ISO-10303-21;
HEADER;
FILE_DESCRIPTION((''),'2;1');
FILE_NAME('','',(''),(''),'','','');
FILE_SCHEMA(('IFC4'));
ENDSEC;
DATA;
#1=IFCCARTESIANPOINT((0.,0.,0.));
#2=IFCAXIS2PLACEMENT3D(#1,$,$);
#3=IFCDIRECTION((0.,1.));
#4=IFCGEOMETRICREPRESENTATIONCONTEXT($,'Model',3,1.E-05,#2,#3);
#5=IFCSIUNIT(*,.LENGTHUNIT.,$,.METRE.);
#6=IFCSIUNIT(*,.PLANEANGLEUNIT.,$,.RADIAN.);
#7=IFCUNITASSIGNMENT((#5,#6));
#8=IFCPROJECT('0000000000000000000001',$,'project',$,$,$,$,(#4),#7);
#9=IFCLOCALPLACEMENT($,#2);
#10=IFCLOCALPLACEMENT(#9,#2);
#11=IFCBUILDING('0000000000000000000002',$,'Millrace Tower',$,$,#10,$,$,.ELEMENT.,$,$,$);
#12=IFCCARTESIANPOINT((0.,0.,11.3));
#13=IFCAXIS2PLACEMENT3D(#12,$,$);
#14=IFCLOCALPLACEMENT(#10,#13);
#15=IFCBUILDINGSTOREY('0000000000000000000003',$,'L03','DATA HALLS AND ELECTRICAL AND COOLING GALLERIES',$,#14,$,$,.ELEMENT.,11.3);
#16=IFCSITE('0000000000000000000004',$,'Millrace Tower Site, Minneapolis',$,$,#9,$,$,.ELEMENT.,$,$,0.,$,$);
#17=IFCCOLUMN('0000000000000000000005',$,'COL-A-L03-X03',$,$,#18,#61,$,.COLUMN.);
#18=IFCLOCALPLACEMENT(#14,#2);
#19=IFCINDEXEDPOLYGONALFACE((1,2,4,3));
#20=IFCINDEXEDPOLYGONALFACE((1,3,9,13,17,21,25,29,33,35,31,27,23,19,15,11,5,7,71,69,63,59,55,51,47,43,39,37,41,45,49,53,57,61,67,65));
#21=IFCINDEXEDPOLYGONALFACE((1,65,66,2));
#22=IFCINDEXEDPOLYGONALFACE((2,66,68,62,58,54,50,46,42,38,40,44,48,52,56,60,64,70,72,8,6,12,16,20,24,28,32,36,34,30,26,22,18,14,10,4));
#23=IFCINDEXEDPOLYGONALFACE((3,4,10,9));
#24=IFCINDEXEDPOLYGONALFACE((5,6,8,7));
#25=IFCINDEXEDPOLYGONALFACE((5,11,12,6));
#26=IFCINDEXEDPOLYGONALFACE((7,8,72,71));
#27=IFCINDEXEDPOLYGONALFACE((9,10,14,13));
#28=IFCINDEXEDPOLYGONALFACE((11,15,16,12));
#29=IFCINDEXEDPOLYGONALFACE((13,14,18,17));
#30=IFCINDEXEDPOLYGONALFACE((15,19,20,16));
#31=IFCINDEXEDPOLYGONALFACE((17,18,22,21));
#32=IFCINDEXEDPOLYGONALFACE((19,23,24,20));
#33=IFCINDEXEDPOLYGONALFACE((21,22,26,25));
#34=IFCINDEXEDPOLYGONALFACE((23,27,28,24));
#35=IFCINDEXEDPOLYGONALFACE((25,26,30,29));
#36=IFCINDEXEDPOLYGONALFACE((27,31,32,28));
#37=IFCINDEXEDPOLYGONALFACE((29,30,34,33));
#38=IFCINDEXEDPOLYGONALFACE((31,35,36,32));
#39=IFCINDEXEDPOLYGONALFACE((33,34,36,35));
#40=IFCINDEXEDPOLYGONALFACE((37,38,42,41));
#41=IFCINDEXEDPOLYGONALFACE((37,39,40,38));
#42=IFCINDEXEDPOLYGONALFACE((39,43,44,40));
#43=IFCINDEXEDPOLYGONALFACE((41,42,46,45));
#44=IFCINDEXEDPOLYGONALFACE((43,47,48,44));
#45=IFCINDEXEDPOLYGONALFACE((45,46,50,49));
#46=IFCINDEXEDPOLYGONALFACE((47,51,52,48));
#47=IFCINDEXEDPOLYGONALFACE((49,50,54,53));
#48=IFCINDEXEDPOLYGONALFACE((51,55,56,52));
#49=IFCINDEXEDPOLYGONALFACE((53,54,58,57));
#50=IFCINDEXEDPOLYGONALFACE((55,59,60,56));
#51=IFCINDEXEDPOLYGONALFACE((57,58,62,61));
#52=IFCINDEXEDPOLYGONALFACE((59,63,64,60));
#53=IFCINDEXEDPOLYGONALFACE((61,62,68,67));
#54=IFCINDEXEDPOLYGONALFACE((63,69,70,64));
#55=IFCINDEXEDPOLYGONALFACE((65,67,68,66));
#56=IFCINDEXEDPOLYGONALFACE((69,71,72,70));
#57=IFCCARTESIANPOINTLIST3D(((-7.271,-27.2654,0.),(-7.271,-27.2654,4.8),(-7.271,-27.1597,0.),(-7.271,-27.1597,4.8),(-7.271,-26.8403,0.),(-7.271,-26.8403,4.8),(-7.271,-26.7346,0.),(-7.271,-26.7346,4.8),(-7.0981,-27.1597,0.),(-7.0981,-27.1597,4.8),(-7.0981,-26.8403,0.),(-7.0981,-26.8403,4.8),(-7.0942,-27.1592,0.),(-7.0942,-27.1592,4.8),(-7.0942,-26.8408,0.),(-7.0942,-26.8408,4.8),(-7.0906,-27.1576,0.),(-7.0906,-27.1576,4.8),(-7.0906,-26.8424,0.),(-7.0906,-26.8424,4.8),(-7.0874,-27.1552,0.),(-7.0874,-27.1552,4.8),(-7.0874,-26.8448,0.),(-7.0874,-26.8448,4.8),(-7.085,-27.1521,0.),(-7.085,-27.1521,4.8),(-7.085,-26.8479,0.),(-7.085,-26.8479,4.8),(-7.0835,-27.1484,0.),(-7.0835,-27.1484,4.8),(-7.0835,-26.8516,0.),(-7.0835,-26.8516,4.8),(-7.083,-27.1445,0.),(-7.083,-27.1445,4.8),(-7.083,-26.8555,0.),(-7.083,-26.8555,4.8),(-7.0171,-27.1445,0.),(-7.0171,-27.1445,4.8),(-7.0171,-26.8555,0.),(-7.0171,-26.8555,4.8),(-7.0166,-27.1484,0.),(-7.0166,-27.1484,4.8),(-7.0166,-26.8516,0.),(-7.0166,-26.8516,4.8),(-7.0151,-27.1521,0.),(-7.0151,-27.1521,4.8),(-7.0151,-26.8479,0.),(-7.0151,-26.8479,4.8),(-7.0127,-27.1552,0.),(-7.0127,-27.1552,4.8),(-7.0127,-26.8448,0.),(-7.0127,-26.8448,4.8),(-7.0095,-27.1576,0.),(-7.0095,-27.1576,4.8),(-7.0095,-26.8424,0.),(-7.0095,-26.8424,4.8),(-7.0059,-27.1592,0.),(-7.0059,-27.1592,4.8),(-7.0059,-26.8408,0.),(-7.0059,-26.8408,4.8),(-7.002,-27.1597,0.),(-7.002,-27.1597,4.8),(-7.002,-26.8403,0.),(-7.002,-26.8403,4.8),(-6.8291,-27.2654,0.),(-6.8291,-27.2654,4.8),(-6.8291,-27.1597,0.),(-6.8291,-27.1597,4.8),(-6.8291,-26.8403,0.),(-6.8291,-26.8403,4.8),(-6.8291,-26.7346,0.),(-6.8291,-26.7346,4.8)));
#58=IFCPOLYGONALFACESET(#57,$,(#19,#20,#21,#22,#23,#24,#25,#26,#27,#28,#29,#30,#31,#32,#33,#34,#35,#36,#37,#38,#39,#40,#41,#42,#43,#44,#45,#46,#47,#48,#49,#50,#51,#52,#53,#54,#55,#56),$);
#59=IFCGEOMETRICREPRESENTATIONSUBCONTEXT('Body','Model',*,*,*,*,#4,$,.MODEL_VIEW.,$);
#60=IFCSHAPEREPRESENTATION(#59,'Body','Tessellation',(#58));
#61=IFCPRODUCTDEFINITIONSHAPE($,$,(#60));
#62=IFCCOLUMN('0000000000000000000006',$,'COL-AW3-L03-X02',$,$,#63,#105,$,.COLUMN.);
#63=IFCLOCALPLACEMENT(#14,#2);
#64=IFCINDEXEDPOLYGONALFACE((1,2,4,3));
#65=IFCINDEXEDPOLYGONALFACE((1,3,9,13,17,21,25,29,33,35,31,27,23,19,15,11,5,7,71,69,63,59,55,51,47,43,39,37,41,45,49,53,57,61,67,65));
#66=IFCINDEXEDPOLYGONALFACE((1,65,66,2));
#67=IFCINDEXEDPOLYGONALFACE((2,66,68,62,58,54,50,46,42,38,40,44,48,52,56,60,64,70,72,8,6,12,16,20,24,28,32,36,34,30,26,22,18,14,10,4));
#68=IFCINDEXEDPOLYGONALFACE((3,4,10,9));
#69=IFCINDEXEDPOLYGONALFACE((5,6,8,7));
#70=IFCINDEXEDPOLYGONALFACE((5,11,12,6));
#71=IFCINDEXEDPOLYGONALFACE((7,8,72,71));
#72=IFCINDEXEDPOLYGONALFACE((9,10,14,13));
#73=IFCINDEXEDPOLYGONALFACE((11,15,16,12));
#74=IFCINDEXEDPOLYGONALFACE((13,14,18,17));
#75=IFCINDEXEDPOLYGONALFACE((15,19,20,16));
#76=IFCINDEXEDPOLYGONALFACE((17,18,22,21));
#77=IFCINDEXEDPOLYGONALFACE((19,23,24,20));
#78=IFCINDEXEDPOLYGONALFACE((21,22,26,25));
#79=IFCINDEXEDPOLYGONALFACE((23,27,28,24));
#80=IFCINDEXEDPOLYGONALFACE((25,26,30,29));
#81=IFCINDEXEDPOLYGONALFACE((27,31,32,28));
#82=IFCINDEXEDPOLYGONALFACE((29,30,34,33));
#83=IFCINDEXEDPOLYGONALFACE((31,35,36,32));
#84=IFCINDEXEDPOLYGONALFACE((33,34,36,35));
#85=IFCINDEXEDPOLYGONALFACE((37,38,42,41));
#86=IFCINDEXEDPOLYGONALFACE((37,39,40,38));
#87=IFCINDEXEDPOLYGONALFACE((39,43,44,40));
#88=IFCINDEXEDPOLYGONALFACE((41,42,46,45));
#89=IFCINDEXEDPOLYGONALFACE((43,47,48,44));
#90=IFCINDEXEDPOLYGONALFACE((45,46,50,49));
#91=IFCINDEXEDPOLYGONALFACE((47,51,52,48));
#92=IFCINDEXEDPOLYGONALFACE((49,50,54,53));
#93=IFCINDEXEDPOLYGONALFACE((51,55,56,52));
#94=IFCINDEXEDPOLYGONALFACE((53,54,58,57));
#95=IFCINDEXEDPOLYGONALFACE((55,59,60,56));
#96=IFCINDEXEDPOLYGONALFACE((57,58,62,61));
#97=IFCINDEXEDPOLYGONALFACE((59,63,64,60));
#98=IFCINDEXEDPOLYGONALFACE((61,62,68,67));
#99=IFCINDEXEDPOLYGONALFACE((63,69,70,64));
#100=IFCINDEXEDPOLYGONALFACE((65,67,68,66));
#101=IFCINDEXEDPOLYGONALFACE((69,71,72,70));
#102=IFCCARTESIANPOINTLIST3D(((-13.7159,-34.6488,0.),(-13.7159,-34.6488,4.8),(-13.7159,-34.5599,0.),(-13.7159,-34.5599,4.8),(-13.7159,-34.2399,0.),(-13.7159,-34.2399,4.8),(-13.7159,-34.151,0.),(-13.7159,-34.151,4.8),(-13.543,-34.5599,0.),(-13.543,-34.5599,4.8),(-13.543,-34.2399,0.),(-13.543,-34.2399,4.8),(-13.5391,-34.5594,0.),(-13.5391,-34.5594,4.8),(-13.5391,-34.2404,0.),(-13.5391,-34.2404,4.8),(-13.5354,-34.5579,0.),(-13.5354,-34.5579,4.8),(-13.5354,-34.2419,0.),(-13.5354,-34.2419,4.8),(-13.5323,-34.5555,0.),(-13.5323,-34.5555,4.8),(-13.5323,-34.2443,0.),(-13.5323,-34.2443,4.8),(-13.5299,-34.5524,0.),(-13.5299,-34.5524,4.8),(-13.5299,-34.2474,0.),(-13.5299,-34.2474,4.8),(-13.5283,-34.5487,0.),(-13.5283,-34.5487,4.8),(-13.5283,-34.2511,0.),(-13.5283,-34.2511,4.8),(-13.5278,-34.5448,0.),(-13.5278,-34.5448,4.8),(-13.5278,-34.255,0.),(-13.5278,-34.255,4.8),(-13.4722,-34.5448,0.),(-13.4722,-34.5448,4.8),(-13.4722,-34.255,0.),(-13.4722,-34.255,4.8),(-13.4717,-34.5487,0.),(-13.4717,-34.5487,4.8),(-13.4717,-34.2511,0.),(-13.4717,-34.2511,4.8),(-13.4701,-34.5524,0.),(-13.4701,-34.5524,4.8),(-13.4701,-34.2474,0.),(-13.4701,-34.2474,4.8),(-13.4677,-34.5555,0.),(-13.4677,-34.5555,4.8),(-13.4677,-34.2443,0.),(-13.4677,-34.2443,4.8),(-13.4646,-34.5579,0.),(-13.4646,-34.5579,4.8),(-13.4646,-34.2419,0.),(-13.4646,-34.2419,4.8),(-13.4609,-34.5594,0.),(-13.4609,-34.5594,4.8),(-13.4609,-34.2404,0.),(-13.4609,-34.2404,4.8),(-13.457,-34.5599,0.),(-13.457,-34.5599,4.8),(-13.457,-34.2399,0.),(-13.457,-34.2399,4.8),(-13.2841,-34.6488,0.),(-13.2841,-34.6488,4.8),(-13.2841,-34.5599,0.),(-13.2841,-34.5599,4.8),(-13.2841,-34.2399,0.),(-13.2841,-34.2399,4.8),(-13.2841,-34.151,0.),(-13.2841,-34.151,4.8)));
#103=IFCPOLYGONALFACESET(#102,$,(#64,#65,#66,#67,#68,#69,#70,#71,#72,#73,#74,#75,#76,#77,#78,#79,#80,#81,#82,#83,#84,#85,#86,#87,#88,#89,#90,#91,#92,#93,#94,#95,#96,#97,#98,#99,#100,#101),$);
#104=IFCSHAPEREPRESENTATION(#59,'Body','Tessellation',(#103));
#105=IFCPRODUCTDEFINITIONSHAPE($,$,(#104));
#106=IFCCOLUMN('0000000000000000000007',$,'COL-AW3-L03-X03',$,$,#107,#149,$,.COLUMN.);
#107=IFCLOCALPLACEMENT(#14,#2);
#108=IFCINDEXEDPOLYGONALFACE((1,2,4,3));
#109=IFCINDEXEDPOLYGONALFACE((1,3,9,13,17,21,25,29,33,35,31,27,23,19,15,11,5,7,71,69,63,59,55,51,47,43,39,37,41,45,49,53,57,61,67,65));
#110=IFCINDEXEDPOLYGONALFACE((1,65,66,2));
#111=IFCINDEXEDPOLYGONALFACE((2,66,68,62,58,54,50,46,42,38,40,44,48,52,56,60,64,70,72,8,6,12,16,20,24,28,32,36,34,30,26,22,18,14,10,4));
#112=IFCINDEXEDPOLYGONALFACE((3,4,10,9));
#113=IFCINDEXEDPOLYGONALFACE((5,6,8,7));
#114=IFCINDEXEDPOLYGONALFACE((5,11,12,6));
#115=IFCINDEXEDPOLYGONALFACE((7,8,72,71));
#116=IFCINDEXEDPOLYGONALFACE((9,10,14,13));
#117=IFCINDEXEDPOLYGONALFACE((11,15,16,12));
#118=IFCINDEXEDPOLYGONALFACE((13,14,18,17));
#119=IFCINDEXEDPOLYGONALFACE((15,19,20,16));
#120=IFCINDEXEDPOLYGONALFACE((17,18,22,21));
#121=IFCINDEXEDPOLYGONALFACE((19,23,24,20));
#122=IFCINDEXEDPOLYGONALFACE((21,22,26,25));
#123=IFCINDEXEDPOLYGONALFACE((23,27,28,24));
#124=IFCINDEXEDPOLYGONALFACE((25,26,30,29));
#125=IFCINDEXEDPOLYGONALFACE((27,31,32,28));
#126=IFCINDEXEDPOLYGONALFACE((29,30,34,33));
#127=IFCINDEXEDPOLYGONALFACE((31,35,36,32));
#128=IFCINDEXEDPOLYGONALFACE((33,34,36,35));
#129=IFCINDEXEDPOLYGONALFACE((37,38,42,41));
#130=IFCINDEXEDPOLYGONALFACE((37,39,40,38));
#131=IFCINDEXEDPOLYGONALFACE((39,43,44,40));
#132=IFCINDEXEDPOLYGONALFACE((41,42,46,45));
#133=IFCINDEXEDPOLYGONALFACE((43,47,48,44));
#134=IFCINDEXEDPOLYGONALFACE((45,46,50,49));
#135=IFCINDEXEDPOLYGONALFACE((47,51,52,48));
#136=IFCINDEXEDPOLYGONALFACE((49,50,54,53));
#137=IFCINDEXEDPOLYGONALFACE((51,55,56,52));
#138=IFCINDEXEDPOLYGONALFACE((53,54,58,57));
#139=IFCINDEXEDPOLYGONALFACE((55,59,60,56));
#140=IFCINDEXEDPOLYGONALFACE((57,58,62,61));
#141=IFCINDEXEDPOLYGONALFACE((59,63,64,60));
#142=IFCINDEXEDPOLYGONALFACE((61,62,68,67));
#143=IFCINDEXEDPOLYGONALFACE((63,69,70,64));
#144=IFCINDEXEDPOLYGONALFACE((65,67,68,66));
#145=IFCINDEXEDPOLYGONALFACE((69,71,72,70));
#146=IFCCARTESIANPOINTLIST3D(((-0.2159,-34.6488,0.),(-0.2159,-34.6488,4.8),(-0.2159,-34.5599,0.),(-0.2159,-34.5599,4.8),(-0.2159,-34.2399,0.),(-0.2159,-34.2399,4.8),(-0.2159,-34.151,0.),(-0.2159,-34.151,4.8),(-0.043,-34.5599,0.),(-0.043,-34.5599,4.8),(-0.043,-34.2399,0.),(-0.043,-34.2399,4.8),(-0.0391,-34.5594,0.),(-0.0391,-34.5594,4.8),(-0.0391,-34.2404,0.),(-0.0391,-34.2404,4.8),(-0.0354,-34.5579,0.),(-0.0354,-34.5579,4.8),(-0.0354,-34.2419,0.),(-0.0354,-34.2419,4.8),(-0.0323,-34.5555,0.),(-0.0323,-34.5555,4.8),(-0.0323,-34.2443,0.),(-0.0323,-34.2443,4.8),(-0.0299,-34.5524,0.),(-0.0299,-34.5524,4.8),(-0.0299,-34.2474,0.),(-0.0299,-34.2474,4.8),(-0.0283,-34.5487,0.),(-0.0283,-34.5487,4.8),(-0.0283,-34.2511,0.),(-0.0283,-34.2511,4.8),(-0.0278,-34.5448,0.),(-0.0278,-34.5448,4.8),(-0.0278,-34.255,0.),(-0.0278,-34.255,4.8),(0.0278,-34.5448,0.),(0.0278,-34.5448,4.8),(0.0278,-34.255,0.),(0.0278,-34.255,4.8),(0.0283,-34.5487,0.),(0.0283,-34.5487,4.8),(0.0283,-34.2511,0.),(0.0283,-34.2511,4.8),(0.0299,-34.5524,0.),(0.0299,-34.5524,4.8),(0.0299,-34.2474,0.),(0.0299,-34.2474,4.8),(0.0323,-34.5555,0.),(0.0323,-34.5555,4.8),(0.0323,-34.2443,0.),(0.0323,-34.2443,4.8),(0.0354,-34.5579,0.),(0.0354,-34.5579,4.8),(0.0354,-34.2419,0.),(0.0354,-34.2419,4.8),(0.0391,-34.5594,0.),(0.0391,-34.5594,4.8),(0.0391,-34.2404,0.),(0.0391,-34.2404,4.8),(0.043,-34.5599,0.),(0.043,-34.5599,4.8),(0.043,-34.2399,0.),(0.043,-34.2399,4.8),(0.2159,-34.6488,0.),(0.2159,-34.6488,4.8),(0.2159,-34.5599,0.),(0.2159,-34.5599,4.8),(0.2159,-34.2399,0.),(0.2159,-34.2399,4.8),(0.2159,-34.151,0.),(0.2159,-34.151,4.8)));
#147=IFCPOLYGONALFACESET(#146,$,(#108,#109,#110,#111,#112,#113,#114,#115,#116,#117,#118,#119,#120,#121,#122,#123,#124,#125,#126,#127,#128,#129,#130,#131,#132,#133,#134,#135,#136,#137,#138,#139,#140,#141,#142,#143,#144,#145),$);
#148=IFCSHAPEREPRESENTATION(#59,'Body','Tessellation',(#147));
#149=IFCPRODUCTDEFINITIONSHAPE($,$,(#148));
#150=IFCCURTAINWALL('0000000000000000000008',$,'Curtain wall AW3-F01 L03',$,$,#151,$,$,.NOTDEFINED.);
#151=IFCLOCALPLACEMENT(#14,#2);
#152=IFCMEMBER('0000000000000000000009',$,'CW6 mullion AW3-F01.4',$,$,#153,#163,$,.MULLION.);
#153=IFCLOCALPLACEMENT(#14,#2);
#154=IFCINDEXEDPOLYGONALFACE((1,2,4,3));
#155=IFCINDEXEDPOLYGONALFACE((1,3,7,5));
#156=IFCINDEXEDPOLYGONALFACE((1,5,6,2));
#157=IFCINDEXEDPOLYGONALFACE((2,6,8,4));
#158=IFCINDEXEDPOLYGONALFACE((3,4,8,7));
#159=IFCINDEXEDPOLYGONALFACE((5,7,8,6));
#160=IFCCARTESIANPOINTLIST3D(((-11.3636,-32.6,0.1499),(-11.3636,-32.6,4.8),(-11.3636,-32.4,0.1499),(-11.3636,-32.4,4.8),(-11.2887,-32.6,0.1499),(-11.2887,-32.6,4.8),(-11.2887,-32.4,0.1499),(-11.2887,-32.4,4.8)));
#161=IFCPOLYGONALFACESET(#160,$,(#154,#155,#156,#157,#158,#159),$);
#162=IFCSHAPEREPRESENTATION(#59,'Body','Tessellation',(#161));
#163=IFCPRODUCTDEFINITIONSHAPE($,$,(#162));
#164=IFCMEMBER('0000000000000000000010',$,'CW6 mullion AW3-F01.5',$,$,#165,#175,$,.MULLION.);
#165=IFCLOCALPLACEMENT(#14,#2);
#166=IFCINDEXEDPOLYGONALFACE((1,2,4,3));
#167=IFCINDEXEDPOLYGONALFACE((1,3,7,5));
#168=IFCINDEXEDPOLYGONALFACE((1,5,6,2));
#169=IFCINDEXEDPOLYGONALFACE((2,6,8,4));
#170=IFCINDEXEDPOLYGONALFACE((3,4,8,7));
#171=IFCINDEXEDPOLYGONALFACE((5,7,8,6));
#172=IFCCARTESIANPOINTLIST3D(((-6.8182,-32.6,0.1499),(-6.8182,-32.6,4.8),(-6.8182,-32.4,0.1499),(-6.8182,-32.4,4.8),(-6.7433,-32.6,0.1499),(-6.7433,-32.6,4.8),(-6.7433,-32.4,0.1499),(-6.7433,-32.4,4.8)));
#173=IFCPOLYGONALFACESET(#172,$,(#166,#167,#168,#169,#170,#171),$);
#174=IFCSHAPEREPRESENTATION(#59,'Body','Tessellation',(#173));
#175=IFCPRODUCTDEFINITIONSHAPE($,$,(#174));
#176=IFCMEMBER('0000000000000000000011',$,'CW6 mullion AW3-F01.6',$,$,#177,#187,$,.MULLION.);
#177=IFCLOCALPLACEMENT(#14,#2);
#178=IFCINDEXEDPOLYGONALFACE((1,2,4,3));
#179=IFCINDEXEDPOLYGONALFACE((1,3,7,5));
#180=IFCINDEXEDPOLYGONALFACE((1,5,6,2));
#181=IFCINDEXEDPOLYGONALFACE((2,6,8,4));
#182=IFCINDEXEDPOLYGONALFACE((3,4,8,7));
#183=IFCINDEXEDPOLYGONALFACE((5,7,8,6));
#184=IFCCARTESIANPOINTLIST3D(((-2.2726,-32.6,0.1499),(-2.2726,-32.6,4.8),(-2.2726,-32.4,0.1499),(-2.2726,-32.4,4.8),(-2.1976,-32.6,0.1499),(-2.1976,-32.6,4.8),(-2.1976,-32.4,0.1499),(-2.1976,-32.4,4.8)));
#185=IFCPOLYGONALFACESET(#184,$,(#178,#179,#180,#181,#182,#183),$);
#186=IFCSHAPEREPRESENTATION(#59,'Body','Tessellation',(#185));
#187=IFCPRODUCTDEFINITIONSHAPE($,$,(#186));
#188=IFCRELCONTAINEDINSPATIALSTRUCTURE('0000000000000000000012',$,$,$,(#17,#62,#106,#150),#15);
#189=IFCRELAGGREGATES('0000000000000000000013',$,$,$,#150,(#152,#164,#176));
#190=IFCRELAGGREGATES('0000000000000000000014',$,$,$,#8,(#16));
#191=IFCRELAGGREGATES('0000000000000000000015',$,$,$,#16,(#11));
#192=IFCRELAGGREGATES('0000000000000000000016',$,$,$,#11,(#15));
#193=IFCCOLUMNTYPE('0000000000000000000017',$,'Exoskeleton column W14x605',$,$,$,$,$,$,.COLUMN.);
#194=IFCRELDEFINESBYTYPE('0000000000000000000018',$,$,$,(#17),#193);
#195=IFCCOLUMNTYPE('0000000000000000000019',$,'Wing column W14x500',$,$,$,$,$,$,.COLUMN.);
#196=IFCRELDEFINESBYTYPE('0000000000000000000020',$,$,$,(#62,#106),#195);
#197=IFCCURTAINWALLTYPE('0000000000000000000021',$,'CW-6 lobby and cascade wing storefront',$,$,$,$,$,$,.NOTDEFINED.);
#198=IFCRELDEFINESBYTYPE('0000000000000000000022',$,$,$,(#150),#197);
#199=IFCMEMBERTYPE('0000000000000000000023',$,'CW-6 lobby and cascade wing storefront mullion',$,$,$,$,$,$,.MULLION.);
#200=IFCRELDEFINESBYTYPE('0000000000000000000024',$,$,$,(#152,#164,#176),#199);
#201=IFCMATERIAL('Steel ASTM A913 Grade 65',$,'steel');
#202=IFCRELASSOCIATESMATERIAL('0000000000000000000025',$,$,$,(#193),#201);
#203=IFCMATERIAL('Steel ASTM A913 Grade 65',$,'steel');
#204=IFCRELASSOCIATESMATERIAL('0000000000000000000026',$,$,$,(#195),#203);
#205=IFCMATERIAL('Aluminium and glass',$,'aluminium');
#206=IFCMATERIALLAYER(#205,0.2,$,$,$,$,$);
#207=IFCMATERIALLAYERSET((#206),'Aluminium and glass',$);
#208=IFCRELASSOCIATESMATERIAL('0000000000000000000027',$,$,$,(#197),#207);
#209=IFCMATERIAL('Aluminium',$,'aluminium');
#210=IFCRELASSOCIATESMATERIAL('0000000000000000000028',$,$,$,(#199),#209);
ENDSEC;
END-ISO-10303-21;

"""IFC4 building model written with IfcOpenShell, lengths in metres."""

from ifc_helpers import new_model, si_unit, direction, frame, origin, origin_2d, place, context, subcontext, project, spatial, rectangle, i_section, extrude, material, layer, layer_set, material_profile, profile_set, type_object, element, aggregate, save


model = new_model("IFC4")

# Units and contexts
model_context = context("Model", 3, precision=1e-05, world=origin(), true_north=direction((0.0, 1.0)))
body_context = subcontext(model_context, "Body", "Model", "MODEL_VIEW")
ifc_project = project(units=[si_unit("LENGTHUNIT", "METRE"), si_unit("PLANEANGLEUNIT", "RADIAN")], contexts=[model_context])

# Site, building, storey
site_placement = place(None, origin())
site = spatial("IfcSite", under=ifc_project, at=site_placement, Name="Millrace Tower Site, Minneapolis", CompositionType="ELEMENT", RefElevation=0.0)
building_placement = place(site_placement, origin())
building = spatial("IfcBuilding", under=site, at=building_placement, Name="Millrace Tower", CompositionType="ELEMENT")
storey_placement = place(building_placement, frame((0.0, 0.0, 11.3)))
storey = spatial("IfcBuildingStorey", under=building, at=storey_placement, Name="L03", Description="DATA HALLS AND ELECTRICAL AND COOLING GALLERIES", CompositionType="ELEMENT", Elevation=11.3)

# Columns
ifc_material_1 = material(Name="Steel ASTM A913 Grade 65", Category="steel")
ifc_material_profile_1 = material_profile(ifc_material_1, i_section(OverallWidth=0.4419, OverallDepth=0.5308, WebThickness=0.0659, FlangeThickness=0.1057, FilletRadius=0.0151, at=origin_2d()))
ifc_profile_set_1 = profile_set([ifc_material_profile_1], Name="Steel ASTM A913 Grade 65")
column_type_1 = type_object("IfcColumnType", Name="Exoskeleton column W14x605", PredefinedType="COLUMN", material=ifc_profile_set_1)
column_placement = place(storey_placement, frame((-7.05, -27.0, 0.0), z_axis=(0.0, 0.0, 1.0), x_axis=(1.0, 0.0, 0.0)))
element("IfcColumn", 1, at=column_placement, inside=storey, type_object=column_type_1, Name="COL-A-L03-X03", PredefinedType="COLUMN", context=body_context, shape_type="SweptSolid", body=[
    extrude(i_section(OverallWidth=0.4419, OverallDepth=0.5308, WebThickness=0.0659, FlangeThickness=0.1057, FilletRadius=0.0151, at=origin_2d()), origin(), (0.0, 0.0, 1.0), 4.8),
])
ifc_material_2 = material(Name="Steel ASTM A913 Grade 65", Category="steel")
ifc_material_profile_2 = material_profile(ifc_material_2, i_section(OverallWidth=0.4319, OverallDepth=0.4978, WebThickness=0.0557, FlangeThickness=0.0889, FilletRadius=0.0151, at=origin_2d()))
ifc_profile_set_2 = profile_set([ifc_material_profile_2], Name="Steel ASTM A913 Grade 65")
column_type_2 = type_object("IfcColumnType", Name="Wing column W14x500", PredefinedType="COLUMN", material=ifc_profile_set_2)
for number, where, z_axis, x_axis, name in (
    (2, (-13.5, -34.3999, 0.0), (0.0, 0.0, 1.0), (1.0, 0.0, 0.0), "COL-AW3-L03-X02"),
    (3, (0.0, -34.3999, 0.0), (0.0, 0.0, 1.0), (1.0, 0.0, 0.0), "COL-AW3-L03-X03"),
):
    element("IfcColumn", number, at=place(storey_placement, frame(where, z_axis=z_axis, x_axis=x_axis)), inside=storey, type_object=column_type_2, Name=name, PredefinedType="COLUMN", context=body_context, shape_type="SweptSolid", body=[
        extrude(i_section(OverallWidth=0.4319, OverallDepth=0.4978, WebThickness=0.0557, FlangeThickness=0.0889, FilletRadius=0.0151, at=origin_2d()), origin(), (0.0, 0.0, 1.0), 4.8),
    ])

# Curtain wall, members
ifc_material_3 = material(Name="Aluminium and glass", Category="aluminium")
ifc_layer_1 = layer(ifc_material_3, 0.2)
ifc_layer_set_1 = layer_set([ifc_layer_1], Name="Aluminium and glass")
curtain_wall_type = type_object("IfcCurtainWallType", Name="CW-6 lobby and cascade wing storefront", PredefinedType="NOTDEFINED", material=ifc_layer_set_1)
curtain_wall_placement = place(storey_placement, origin())
curtain_wall = element("IfcCurtainWall", 4, at=curtain_wall_placement, inside=storey, type_object=curtain_wall_type, Name="Curtain wall AW3-F01 L03", PredefinedType="NOTDEFINED")
ifc_material_4 = material(Name="Aluminium", Category="aluminium")
ifc_material_profile_3 = material_profile(ifc_material_4, rectangle(XDim=0.075, YDim=0.2, at=origin_2d()))
ifc_profile_set_3 = profile_set([ifc_material_profile_3], Name="Aluminium")
member_type_1 = type_object("IfcMemberType", Name="CW-6 lobby and cascade wing storefront mullion", PredefinedType="MULLION", material=ifc_profile_set_3)
member_1_placement = place(storey_placement, frame((-11.3262, -32.5, 0.1499), z_axis=(0.0, 0.0, 1.0), x_axis=(1.0, 0.0, 0.0)))
member_1 = element("IfcMember", 5, at=member_1_placement, type_object=member_type_1, Name="CW6 mullion AW3-F01.4", PredefinedType="MULLION", context=body_context, shape_type="SweptSolid", body=[
    extrude(rectangle(XDim=0.075, YDim=0.2, at=origin_2d()), origin(), (0.0, 0.0, 1.0), 4.6501),
])
member_2_placement = place(storey_placement, frame((-6.7808, -32.5, 0.1499), z_axis=(0.0, 0.0, 1.0), x_axis=(1.0, 0.0, 0.0)))
member_2 = element("IfcMember", 6, at=member_2_placement, type_object=member_type_1, Name="CW6 mullion AW3-F01.5", PredefinedType="MULLION", context=body_context, shape_type="SweptSolid", body=[
    extrude(rectangle(XDim=0.075, YDim=0.2, at=origin_2d()), origin(), (0.0, 0.0, 1.0), 4.6501),
])
member_3_placement = place(storey_placement, frame((-2.2351, -32.5, 0.1499), z_axis=(0.0, 0.0, 1.0), x_axis=(1.0, 0.0, 0.0)))
member_3 = element("IfcMember", 7, at=member_3_placement, type_object=member_type_1, Name="CW6 mullion AW3-F01.6", PredefinedType="MULLION", context=body_context, shape_type="SweptSolid", body=[
    extrude(rectangle(XDim=0.075, YDim=0.2, at=origin_2d()), origin(), (0.0, 0.0, 1.0), 4.6501),
])
aggregate(curtain_wall, [member_1, member_2, member_3])

save(model, "model.ifc")
